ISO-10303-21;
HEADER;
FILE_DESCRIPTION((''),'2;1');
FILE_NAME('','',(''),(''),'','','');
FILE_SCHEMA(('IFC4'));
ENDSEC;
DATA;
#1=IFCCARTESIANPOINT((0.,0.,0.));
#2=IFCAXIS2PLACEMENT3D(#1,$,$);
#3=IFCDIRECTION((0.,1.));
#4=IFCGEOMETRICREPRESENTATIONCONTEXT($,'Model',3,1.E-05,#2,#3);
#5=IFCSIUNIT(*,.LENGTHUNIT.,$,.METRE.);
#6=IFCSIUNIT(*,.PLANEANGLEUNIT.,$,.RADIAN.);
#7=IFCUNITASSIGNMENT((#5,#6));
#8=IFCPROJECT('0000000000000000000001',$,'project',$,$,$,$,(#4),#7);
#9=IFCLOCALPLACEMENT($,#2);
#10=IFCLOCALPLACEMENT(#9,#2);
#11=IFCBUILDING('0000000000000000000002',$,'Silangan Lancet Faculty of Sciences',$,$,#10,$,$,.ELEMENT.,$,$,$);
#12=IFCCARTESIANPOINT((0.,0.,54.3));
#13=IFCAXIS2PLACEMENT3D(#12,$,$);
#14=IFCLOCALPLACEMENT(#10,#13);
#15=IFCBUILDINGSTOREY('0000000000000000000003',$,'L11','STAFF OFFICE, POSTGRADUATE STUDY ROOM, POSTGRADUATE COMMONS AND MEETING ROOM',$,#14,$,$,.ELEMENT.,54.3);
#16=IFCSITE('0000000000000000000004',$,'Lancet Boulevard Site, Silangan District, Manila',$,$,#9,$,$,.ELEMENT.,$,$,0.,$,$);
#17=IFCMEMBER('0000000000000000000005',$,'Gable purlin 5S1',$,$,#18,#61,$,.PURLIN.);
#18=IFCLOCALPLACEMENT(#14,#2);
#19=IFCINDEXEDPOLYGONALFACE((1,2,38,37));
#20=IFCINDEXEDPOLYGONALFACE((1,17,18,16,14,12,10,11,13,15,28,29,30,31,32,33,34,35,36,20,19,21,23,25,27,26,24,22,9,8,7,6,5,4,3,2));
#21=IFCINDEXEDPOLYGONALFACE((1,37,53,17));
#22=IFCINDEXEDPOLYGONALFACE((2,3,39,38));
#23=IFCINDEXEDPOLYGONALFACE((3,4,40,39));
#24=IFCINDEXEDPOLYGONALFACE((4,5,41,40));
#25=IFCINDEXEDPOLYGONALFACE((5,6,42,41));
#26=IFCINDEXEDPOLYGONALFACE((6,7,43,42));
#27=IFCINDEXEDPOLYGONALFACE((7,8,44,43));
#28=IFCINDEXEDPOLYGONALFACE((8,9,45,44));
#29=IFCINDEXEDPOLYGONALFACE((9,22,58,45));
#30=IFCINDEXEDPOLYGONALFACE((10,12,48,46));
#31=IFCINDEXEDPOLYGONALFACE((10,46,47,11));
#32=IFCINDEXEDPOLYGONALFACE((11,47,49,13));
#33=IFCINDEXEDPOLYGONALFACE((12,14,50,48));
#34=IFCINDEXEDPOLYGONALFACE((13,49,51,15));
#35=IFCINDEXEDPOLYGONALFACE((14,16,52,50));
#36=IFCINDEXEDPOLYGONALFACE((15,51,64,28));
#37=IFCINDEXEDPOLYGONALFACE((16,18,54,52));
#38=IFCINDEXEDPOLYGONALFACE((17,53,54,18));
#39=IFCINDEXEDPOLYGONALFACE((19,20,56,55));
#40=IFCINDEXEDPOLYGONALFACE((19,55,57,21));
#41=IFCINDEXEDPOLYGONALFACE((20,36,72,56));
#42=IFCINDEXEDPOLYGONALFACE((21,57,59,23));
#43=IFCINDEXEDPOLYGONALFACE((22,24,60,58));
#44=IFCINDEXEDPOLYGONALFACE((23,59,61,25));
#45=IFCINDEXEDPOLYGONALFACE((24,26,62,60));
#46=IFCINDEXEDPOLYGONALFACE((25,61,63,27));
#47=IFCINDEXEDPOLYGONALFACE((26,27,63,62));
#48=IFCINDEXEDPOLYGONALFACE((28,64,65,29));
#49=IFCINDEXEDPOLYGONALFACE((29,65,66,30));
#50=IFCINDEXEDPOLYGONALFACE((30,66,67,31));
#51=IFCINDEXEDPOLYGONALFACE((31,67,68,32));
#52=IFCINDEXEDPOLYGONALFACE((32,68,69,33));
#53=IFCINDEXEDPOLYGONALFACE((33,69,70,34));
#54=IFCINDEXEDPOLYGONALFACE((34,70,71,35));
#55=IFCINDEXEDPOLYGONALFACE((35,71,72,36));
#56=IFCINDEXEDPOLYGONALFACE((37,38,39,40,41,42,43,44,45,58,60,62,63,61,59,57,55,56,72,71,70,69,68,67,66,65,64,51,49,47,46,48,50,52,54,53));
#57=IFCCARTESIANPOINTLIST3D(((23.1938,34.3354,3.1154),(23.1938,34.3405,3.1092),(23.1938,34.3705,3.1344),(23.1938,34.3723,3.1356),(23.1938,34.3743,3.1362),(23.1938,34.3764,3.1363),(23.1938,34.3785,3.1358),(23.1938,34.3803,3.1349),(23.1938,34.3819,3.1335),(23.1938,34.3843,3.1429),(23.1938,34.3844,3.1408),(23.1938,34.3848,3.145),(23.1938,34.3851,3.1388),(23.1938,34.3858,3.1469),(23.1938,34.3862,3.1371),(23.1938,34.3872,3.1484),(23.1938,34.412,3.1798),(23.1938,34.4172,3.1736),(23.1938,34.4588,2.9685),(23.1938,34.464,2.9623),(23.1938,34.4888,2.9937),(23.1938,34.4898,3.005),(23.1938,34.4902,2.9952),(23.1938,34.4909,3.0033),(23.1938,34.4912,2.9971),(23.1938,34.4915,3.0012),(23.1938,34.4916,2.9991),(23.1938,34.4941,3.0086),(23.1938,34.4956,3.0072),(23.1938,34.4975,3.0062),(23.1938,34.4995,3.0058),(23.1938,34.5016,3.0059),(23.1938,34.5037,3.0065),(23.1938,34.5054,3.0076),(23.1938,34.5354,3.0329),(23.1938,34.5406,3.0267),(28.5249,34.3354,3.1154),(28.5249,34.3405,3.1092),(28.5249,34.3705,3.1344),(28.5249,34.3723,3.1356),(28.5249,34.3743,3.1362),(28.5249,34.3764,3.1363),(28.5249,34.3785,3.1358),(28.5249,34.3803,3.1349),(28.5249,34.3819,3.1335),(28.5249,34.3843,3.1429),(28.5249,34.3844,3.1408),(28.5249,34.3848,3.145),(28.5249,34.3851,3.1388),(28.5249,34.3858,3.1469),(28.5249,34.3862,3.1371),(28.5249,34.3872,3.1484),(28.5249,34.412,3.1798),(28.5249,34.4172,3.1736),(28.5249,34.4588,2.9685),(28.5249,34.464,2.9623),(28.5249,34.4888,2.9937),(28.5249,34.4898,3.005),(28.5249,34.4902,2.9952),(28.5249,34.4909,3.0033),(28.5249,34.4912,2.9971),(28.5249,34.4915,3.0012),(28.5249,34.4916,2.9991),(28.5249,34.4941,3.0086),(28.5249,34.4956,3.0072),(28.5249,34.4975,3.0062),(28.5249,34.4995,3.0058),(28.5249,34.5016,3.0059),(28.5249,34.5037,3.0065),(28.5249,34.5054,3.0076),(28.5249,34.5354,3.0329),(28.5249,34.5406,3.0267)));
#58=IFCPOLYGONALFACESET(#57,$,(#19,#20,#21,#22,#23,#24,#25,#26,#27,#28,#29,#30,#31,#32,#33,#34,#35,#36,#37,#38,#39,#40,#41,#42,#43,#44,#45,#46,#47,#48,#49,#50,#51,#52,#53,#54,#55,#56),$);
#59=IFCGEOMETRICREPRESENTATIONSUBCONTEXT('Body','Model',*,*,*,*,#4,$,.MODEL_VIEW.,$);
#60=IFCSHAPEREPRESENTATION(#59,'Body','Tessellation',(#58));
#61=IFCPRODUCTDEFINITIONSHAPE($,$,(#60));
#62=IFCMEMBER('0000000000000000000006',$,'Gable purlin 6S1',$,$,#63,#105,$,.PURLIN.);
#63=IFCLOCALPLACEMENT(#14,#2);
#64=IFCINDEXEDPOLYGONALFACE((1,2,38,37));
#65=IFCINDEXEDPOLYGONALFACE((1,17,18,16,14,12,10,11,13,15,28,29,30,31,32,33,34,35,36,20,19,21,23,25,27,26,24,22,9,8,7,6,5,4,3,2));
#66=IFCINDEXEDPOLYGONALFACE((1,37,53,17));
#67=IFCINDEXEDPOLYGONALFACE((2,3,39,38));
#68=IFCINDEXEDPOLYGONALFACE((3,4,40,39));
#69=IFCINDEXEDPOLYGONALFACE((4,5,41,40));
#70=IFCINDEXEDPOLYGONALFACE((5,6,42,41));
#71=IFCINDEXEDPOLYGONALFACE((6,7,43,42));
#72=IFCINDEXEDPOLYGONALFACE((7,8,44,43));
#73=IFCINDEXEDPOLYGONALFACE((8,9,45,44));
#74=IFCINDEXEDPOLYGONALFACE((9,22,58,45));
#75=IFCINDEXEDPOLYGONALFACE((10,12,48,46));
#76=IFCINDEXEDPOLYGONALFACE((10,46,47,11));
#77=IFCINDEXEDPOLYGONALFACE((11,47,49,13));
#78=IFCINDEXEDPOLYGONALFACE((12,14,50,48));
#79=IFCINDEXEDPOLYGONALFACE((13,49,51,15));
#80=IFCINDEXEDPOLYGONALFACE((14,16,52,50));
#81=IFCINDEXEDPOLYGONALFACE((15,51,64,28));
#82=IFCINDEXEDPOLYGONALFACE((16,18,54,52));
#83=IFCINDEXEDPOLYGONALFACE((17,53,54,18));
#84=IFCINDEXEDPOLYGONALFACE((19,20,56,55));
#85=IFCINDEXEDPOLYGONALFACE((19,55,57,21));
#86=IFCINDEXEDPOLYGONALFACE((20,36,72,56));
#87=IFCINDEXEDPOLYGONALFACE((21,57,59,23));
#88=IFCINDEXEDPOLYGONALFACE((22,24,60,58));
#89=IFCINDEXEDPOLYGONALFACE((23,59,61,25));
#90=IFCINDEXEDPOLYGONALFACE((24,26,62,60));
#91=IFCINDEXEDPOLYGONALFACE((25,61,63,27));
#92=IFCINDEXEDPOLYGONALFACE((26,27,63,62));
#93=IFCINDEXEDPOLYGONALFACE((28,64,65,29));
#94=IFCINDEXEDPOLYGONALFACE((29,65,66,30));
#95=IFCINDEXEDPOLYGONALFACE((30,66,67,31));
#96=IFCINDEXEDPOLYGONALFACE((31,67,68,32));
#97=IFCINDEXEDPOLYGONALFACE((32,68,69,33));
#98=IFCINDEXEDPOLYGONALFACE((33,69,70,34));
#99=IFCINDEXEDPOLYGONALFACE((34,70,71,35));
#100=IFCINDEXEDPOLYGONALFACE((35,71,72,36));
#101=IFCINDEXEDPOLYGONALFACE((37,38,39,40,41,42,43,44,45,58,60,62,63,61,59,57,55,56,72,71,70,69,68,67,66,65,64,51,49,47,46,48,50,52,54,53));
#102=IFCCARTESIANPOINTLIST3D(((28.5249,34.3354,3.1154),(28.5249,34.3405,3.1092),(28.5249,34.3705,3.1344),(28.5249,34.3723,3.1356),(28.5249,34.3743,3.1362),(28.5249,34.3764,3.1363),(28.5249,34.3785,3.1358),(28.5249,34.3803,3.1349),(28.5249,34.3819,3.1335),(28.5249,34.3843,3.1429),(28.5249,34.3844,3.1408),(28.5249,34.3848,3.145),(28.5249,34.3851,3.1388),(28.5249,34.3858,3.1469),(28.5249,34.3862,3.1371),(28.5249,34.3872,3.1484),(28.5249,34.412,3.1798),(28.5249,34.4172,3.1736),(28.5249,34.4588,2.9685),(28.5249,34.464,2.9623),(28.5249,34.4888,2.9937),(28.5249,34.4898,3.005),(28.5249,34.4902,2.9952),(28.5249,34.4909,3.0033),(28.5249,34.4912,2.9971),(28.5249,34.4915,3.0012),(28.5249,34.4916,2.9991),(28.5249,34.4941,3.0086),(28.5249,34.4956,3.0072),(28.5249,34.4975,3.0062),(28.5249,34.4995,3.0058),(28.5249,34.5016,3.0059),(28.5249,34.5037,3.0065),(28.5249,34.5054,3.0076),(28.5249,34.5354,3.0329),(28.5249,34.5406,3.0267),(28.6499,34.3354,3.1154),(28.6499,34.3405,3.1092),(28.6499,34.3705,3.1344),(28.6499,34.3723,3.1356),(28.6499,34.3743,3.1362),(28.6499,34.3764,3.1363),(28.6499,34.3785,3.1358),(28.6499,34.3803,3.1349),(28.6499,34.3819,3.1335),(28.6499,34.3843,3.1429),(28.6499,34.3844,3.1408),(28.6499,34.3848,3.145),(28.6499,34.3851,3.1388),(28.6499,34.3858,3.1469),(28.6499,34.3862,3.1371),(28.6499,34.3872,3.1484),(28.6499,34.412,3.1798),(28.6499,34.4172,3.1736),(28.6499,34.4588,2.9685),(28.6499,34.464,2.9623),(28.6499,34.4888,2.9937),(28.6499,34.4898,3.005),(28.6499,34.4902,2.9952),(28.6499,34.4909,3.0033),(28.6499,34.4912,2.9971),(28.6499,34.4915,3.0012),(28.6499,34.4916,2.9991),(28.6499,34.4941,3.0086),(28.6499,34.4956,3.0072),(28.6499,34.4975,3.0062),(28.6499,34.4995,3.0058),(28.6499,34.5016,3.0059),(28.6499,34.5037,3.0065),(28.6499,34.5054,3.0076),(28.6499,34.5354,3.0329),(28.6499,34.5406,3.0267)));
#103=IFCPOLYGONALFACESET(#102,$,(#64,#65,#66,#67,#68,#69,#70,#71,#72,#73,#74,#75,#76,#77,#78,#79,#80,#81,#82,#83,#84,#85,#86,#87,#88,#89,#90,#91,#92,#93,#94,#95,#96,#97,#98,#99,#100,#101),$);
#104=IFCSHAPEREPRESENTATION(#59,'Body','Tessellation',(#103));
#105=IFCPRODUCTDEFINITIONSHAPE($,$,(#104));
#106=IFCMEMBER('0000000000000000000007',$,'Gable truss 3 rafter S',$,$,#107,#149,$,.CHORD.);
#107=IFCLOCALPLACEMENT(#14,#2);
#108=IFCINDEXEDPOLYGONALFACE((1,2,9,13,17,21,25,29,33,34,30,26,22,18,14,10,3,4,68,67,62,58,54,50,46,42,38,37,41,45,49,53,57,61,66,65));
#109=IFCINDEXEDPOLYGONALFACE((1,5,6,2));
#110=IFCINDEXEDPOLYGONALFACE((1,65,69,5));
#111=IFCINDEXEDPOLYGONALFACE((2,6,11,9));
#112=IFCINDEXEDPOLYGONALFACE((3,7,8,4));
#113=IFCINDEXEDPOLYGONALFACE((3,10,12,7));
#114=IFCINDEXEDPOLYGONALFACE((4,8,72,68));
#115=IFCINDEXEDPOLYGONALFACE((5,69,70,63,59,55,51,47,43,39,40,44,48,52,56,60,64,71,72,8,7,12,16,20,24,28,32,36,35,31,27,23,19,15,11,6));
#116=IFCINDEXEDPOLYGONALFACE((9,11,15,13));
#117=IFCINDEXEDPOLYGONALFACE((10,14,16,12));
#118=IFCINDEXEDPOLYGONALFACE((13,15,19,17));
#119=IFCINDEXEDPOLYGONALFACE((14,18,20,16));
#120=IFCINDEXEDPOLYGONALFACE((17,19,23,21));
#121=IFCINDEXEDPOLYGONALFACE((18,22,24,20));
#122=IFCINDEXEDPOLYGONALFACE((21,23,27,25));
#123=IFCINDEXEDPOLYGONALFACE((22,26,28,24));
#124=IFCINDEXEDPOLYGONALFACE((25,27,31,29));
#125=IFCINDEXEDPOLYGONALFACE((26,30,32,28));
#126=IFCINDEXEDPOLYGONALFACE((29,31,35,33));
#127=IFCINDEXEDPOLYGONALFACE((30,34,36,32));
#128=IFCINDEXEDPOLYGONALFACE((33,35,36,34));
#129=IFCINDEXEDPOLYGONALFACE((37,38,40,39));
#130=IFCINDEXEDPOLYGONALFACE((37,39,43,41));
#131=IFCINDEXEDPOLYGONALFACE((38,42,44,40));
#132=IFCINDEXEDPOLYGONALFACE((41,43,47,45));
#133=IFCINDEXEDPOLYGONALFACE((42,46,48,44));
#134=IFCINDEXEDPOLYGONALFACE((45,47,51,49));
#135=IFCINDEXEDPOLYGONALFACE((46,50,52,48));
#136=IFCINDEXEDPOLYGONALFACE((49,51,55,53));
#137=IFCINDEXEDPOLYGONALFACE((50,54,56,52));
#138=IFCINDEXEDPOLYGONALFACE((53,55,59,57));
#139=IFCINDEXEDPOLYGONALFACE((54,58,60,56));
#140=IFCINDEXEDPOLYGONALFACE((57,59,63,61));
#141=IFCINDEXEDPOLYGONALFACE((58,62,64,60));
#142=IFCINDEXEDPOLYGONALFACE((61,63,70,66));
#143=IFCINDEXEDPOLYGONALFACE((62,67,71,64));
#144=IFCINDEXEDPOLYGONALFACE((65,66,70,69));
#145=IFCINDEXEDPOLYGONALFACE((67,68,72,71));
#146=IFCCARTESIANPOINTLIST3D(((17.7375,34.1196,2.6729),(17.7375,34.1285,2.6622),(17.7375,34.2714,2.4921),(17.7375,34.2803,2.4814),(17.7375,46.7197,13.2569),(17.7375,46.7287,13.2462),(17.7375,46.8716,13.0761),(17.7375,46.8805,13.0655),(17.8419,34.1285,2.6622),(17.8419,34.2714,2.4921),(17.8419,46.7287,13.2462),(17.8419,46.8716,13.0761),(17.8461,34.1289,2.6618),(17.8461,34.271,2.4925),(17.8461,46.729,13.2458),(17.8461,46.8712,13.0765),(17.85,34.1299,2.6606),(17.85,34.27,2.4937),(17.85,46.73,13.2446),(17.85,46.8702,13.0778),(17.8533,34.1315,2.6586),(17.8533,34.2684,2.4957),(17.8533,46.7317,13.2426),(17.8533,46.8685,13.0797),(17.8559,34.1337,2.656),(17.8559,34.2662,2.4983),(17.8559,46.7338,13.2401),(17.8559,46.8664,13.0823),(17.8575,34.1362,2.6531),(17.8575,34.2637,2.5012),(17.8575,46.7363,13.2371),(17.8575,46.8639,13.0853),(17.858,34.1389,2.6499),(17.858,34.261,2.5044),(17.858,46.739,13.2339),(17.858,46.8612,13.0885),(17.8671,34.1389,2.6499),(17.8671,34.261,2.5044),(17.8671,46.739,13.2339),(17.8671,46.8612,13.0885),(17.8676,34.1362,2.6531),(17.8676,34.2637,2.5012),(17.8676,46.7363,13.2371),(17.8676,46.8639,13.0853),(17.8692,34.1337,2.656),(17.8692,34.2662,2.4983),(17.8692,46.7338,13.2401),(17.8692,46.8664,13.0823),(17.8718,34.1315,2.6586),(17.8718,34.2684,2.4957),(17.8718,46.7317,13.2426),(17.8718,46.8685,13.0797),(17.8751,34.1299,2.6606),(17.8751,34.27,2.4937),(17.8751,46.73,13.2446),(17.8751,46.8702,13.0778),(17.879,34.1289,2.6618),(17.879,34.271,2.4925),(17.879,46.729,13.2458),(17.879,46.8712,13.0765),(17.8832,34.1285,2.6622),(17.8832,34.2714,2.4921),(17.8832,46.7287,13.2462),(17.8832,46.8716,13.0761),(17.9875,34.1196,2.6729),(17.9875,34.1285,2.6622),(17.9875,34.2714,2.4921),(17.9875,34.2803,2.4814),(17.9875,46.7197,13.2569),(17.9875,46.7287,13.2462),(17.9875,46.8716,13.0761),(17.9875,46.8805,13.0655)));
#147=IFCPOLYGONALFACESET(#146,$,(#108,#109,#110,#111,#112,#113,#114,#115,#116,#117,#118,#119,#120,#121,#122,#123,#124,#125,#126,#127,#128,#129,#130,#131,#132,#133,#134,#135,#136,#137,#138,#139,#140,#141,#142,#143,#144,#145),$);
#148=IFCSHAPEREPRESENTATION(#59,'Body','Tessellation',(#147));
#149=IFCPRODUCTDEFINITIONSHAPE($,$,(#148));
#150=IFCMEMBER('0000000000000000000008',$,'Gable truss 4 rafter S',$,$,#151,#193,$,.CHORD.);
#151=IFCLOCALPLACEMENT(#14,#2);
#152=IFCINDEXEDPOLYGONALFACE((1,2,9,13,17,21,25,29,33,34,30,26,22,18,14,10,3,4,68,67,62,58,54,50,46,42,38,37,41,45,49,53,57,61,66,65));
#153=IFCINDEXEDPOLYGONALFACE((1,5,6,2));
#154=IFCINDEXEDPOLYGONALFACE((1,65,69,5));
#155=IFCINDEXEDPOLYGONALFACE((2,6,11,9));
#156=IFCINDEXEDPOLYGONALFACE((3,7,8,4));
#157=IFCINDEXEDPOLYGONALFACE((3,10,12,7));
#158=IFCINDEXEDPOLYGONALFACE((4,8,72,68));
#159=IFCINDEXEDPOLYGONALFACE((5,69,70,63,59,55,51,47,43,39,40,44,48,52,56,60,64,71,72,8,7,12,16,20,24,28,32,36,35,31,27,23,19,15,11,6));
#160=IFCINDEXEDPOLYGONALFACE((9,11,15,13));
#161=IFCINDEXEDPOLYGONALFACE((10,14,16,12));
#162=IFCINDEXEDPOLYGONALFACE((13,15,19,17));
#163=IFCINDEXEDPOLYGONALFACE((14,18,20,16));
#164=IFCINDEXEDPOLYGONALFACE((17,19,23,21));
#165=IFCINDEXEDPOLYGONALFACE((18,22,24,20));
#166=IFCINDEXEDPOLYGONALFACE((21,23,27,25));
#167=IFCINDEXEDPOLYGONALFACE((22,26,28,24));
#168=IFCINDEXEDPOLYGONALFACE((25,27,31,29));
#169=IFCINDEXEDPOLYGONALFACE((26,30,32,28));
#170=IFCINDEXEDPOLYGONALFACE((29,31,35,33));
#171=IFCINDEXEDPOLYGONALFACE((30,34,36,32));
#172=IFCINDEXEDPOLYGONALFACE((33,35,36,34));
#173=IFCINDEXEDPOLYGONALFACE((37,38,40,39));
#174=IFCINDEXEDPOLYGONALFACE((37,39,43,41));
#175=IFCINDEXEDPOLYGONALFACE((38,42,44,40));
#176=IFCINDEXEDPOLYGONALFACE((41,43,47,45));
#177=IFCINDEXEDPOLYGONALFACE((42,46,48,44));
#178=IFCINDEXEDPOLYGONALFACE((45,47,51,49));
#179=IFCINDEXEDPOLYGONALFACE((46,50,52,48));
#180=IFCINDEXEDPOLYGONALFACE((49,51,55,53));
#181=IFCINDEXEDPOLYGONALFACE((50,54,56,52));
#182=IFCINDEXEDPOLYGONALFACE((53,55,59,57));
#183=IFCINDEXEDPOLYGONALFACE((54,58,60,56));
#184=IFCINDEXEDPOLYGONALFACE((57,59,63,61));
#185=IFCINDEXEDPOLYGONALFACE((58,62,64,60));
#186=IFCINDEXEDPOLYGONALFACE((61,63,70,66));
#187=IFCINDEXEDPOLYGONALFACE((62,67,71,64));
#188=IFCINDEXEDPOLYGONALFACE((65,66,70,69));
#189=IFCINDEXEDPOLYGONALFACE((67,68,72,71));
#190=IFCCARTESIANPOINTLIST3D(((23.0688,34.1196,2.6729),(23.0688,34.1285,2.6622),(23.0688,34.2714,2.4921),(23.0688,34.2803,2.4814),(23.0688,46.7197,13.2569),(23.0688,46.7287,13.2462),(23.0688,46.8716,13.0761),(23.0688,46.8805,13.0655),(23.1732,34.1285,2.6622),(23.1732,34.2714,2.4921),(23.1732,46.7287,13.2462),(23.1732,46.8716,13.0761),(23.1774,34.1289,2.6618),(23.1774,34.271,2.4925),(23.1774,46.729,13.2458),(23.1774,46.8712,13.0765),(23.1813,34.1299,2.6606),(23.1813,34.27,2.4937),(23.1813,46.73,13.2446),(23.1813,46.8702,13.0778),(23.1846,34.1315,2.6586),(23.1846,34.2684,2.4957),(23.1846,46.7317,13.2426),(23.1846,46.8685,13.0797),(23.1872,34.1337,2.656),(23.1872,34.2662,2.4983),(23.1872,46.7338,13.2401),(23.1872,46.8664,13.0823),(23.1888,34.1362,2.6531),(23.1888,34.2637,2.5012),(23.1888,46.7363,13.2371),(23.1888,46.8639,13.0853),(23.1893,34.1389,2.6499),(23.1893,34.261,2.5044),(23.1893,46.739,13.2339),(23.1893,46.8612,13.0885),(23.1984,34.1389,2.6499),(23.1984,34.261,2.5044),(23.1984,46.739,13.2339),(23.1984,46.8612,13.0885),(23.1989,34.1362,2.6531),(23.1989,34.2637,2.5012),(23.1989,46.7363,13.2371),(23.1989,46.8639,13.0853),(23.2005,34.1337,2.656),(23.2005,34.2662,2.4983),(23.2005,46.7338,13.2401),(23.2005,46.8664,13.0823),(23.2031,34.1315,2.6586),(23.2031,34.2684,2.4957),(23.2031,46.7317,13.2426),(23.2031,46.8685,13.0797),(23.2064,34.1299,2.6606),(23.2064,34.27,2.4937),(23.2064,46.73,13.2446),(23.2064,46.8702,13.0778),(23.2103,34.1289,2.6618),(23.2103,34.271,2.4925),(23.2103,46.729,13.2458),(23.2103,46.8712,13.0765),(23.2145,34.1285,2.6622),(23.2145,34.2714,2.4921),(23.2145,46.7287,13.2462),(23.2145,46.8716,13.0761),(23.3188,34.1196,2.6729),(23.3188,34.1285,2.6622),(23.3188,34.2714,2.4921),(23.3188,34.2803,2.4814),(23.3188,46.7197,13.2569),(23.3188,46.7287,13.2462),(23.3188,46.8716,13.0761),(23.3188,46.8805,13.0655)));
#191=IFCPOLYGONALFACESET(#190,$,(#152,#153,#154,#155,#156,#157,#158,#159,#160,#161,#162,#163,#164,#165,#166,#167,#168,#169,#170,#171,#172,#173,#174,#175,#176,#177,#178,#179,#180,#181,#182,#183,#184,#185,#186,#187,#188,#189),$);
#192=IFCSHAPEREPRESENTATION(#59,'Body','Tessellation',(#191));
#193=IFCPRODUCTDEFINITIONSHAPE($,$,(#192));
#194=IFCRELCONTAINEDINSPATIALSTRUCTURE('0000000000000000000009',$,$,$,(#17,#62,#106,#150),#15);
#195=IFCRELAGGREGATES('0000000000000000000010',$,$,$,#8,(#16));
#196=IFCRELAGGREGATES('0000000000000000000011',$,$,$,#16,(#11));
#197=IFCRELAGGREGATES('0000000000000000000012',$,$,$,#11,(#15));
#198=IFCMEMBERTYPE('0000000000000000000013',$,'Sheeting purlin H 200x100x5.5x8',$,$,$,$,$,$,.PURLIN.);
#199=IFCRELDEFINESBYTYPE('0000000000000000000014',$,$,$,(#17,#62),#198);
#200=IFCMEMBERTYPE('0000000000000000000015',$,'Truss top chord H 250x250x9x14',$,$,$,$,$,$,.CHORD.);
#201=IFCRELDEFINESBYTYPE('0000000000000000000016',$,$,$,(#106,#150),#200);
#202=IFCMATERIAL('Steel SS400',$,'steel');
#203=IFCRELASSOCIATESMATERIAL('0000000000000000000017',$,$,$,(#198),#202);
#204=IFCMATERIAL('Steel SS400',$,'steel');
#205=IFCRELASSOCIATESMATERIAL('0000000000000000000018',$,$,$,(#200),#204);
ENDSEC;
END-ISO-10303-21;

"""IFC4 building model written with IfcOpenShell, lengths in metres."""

from ifc_helpers import new_model, si_unit, direction, frame, origin, origin_2d, place, context, subcontext, project, spatial, i_section, extrude, material, material_profile, profile_set, type_object, element, save


model = new_model("IFC4")

# Units and contexts
model_context = context("Model", 3, precision=1e-05, world=origin(), true_north=direction((0.0, 1.0)))
body_context = subcontext(model_context, "Body", "Model", "MODEL_VIEW")
ifc_project = project(units=[si_unit("LENGTHUNIT", "METRE"), si_unit("PLANEANGLEUNIT", "RADIAN")], contexts=[model_context])

# Site, building, storey
site_placement = place(None, origin())
site = spatial("IfcSite", under=ifc_project, at=site_placement, Name="Lancet Boulevard Site, Silangan District, Manila", CompositionType="ELEMENT", RefElevation=0.0)
building_placement = place(site_placement, origin())
building = spatial("IfcBuilding", under=site, at=building_placement, Name="Silangan Lancet Faculty of Sciences", CompositionType="ELEMENT")
storey_placement = place(building_placement, frame((0.0, 0.0, 54.3)))
storey = spatial("IfcBuildingStorey", under=building, at=storey_placement, Name="L11", Description="STAFF OFFICE, POSTGRADUATE STUDY ROOM, POSTGRADUATE COMMONS AND MEETING ROOM", CompositionType="ELEMENT", Elevation=54.3)

# Members
ifc_material_1 = material(Name="Steel SS400", Category="steel")
ifc_material_profile_1 = material_profile(ifc_material_1, i_section(OverallWidth=0.1001, OverallDepth=0.2, WebThickness=0.0056, FlangeThickness=0.0081, FilletRadius=0.0081, at=origin_2d()), Name="H 200x100x5.5x8")
ifc_profile_set_1 = profile_set([ifc_material_profile_1], Name="Steel SS400")
member_type_1 = type_object("IfcMemberType", Name="Sheeting purlin H 200x100x5.5x8", PredefinedType="PURLIN", material=ifc_profile_set_1)
member_1_placement = place(storey_placement, frame((23.1938, 34.438, 3.071), z_axis=(1.0, 0.0, 0.0), x_axis=(0.0, 0.765705, 0.643192)))
element("IfcMember", 1, at=member_1_placement, inside=storey, type_object=member_type_1, Name="Gable purlin 5S1", PredefinedType="PURLIN", context=body_context, shape_type="SweptSolid", body=[
    extrude(i_section(OverallWidth=0.1001, OverallDepth=0.2, WebThickness=0.0056, FlangeThickness=0.0081, FilletRadius=0.0081, at=origin_2d()), origin(), (0.0, 0.0, 1.0), 5.3311),
])
member_2_placement = place(storey_placement, frame((28.5249, 34.438, 3.071), z_axis=(1.0, 0.0, 0.0), x_axis=(0.0, 0.765705, 0.643192)))
element("IfcMember", 2, at=member_2_placement, inside=storey, type_object=member_type_1, Name="Gable purlin 6S1", PredefinedType="PURLIN", context=body_context, shape_type="SweptSolid", body=[
    extrude(i_section(OverallWidth=0.1001, OverallDepth=0.2, WebThickness=0.0056, FlangeThickness=0.0081, FilletRadius=0.0081, at=origin_2d()), origin(), (0.0, 0.0, 1.0), 0.125),
])
ifc_material_2 = material(Name="Steel SS400", Category="steel")
ifc_material_profile_2 = material_profile(ifc_material_2, i_section(OverallWidth=0.25, OverallDepth=0.25, WebThickness=0.009, FlangeThickness=0.0139, FilletRadius=0.0161, at=origin_2d()), Name="H 250x250x9x14")
ifc_profile_set_2 = profile_set([ifc_material_profile_2], Name="Steel SS400")
member_type_2 = type_object("IfcMemberType", Name="Truss top chord H 250x250x9x14", PredefinedType="CHORD", material=ifc_profile_set_2)
for number, where, z_axis, x_axis, name in (
    (3, (17.8625, 34.2, 2.5771), (0.0, 0.765708, 0.643189), (-1.0, 0.0, 0.0), "Gable truss 3 rafter S"),
    (4, (23.1938, 34.2, 2.5771), (0.0, 0.765708, 0.643189), (-1.0, 0.0, 0.0), "Gable truss 4 rafter S"),
):
    element("IfcMember", number, at=place(storey_placement, frame(where, z_axis=z_axis, x_axis=x_axis)), inside=storey, type_object=member_type_2, Name=name, PredefinedType="CHORD", context=body_context, shape_type="SweptSolid", body=[
        extrude(i_section(OverallWidth=0.25, OverallDepth=0.25, WebThickness=0.009, FlangeThickness=0.0139, FilletRadius=0.0161, at=origin_2d()), origin(), (0.0, 0.0, 1.0), 16.4556),
    ])

save(model, "model.ifc")
